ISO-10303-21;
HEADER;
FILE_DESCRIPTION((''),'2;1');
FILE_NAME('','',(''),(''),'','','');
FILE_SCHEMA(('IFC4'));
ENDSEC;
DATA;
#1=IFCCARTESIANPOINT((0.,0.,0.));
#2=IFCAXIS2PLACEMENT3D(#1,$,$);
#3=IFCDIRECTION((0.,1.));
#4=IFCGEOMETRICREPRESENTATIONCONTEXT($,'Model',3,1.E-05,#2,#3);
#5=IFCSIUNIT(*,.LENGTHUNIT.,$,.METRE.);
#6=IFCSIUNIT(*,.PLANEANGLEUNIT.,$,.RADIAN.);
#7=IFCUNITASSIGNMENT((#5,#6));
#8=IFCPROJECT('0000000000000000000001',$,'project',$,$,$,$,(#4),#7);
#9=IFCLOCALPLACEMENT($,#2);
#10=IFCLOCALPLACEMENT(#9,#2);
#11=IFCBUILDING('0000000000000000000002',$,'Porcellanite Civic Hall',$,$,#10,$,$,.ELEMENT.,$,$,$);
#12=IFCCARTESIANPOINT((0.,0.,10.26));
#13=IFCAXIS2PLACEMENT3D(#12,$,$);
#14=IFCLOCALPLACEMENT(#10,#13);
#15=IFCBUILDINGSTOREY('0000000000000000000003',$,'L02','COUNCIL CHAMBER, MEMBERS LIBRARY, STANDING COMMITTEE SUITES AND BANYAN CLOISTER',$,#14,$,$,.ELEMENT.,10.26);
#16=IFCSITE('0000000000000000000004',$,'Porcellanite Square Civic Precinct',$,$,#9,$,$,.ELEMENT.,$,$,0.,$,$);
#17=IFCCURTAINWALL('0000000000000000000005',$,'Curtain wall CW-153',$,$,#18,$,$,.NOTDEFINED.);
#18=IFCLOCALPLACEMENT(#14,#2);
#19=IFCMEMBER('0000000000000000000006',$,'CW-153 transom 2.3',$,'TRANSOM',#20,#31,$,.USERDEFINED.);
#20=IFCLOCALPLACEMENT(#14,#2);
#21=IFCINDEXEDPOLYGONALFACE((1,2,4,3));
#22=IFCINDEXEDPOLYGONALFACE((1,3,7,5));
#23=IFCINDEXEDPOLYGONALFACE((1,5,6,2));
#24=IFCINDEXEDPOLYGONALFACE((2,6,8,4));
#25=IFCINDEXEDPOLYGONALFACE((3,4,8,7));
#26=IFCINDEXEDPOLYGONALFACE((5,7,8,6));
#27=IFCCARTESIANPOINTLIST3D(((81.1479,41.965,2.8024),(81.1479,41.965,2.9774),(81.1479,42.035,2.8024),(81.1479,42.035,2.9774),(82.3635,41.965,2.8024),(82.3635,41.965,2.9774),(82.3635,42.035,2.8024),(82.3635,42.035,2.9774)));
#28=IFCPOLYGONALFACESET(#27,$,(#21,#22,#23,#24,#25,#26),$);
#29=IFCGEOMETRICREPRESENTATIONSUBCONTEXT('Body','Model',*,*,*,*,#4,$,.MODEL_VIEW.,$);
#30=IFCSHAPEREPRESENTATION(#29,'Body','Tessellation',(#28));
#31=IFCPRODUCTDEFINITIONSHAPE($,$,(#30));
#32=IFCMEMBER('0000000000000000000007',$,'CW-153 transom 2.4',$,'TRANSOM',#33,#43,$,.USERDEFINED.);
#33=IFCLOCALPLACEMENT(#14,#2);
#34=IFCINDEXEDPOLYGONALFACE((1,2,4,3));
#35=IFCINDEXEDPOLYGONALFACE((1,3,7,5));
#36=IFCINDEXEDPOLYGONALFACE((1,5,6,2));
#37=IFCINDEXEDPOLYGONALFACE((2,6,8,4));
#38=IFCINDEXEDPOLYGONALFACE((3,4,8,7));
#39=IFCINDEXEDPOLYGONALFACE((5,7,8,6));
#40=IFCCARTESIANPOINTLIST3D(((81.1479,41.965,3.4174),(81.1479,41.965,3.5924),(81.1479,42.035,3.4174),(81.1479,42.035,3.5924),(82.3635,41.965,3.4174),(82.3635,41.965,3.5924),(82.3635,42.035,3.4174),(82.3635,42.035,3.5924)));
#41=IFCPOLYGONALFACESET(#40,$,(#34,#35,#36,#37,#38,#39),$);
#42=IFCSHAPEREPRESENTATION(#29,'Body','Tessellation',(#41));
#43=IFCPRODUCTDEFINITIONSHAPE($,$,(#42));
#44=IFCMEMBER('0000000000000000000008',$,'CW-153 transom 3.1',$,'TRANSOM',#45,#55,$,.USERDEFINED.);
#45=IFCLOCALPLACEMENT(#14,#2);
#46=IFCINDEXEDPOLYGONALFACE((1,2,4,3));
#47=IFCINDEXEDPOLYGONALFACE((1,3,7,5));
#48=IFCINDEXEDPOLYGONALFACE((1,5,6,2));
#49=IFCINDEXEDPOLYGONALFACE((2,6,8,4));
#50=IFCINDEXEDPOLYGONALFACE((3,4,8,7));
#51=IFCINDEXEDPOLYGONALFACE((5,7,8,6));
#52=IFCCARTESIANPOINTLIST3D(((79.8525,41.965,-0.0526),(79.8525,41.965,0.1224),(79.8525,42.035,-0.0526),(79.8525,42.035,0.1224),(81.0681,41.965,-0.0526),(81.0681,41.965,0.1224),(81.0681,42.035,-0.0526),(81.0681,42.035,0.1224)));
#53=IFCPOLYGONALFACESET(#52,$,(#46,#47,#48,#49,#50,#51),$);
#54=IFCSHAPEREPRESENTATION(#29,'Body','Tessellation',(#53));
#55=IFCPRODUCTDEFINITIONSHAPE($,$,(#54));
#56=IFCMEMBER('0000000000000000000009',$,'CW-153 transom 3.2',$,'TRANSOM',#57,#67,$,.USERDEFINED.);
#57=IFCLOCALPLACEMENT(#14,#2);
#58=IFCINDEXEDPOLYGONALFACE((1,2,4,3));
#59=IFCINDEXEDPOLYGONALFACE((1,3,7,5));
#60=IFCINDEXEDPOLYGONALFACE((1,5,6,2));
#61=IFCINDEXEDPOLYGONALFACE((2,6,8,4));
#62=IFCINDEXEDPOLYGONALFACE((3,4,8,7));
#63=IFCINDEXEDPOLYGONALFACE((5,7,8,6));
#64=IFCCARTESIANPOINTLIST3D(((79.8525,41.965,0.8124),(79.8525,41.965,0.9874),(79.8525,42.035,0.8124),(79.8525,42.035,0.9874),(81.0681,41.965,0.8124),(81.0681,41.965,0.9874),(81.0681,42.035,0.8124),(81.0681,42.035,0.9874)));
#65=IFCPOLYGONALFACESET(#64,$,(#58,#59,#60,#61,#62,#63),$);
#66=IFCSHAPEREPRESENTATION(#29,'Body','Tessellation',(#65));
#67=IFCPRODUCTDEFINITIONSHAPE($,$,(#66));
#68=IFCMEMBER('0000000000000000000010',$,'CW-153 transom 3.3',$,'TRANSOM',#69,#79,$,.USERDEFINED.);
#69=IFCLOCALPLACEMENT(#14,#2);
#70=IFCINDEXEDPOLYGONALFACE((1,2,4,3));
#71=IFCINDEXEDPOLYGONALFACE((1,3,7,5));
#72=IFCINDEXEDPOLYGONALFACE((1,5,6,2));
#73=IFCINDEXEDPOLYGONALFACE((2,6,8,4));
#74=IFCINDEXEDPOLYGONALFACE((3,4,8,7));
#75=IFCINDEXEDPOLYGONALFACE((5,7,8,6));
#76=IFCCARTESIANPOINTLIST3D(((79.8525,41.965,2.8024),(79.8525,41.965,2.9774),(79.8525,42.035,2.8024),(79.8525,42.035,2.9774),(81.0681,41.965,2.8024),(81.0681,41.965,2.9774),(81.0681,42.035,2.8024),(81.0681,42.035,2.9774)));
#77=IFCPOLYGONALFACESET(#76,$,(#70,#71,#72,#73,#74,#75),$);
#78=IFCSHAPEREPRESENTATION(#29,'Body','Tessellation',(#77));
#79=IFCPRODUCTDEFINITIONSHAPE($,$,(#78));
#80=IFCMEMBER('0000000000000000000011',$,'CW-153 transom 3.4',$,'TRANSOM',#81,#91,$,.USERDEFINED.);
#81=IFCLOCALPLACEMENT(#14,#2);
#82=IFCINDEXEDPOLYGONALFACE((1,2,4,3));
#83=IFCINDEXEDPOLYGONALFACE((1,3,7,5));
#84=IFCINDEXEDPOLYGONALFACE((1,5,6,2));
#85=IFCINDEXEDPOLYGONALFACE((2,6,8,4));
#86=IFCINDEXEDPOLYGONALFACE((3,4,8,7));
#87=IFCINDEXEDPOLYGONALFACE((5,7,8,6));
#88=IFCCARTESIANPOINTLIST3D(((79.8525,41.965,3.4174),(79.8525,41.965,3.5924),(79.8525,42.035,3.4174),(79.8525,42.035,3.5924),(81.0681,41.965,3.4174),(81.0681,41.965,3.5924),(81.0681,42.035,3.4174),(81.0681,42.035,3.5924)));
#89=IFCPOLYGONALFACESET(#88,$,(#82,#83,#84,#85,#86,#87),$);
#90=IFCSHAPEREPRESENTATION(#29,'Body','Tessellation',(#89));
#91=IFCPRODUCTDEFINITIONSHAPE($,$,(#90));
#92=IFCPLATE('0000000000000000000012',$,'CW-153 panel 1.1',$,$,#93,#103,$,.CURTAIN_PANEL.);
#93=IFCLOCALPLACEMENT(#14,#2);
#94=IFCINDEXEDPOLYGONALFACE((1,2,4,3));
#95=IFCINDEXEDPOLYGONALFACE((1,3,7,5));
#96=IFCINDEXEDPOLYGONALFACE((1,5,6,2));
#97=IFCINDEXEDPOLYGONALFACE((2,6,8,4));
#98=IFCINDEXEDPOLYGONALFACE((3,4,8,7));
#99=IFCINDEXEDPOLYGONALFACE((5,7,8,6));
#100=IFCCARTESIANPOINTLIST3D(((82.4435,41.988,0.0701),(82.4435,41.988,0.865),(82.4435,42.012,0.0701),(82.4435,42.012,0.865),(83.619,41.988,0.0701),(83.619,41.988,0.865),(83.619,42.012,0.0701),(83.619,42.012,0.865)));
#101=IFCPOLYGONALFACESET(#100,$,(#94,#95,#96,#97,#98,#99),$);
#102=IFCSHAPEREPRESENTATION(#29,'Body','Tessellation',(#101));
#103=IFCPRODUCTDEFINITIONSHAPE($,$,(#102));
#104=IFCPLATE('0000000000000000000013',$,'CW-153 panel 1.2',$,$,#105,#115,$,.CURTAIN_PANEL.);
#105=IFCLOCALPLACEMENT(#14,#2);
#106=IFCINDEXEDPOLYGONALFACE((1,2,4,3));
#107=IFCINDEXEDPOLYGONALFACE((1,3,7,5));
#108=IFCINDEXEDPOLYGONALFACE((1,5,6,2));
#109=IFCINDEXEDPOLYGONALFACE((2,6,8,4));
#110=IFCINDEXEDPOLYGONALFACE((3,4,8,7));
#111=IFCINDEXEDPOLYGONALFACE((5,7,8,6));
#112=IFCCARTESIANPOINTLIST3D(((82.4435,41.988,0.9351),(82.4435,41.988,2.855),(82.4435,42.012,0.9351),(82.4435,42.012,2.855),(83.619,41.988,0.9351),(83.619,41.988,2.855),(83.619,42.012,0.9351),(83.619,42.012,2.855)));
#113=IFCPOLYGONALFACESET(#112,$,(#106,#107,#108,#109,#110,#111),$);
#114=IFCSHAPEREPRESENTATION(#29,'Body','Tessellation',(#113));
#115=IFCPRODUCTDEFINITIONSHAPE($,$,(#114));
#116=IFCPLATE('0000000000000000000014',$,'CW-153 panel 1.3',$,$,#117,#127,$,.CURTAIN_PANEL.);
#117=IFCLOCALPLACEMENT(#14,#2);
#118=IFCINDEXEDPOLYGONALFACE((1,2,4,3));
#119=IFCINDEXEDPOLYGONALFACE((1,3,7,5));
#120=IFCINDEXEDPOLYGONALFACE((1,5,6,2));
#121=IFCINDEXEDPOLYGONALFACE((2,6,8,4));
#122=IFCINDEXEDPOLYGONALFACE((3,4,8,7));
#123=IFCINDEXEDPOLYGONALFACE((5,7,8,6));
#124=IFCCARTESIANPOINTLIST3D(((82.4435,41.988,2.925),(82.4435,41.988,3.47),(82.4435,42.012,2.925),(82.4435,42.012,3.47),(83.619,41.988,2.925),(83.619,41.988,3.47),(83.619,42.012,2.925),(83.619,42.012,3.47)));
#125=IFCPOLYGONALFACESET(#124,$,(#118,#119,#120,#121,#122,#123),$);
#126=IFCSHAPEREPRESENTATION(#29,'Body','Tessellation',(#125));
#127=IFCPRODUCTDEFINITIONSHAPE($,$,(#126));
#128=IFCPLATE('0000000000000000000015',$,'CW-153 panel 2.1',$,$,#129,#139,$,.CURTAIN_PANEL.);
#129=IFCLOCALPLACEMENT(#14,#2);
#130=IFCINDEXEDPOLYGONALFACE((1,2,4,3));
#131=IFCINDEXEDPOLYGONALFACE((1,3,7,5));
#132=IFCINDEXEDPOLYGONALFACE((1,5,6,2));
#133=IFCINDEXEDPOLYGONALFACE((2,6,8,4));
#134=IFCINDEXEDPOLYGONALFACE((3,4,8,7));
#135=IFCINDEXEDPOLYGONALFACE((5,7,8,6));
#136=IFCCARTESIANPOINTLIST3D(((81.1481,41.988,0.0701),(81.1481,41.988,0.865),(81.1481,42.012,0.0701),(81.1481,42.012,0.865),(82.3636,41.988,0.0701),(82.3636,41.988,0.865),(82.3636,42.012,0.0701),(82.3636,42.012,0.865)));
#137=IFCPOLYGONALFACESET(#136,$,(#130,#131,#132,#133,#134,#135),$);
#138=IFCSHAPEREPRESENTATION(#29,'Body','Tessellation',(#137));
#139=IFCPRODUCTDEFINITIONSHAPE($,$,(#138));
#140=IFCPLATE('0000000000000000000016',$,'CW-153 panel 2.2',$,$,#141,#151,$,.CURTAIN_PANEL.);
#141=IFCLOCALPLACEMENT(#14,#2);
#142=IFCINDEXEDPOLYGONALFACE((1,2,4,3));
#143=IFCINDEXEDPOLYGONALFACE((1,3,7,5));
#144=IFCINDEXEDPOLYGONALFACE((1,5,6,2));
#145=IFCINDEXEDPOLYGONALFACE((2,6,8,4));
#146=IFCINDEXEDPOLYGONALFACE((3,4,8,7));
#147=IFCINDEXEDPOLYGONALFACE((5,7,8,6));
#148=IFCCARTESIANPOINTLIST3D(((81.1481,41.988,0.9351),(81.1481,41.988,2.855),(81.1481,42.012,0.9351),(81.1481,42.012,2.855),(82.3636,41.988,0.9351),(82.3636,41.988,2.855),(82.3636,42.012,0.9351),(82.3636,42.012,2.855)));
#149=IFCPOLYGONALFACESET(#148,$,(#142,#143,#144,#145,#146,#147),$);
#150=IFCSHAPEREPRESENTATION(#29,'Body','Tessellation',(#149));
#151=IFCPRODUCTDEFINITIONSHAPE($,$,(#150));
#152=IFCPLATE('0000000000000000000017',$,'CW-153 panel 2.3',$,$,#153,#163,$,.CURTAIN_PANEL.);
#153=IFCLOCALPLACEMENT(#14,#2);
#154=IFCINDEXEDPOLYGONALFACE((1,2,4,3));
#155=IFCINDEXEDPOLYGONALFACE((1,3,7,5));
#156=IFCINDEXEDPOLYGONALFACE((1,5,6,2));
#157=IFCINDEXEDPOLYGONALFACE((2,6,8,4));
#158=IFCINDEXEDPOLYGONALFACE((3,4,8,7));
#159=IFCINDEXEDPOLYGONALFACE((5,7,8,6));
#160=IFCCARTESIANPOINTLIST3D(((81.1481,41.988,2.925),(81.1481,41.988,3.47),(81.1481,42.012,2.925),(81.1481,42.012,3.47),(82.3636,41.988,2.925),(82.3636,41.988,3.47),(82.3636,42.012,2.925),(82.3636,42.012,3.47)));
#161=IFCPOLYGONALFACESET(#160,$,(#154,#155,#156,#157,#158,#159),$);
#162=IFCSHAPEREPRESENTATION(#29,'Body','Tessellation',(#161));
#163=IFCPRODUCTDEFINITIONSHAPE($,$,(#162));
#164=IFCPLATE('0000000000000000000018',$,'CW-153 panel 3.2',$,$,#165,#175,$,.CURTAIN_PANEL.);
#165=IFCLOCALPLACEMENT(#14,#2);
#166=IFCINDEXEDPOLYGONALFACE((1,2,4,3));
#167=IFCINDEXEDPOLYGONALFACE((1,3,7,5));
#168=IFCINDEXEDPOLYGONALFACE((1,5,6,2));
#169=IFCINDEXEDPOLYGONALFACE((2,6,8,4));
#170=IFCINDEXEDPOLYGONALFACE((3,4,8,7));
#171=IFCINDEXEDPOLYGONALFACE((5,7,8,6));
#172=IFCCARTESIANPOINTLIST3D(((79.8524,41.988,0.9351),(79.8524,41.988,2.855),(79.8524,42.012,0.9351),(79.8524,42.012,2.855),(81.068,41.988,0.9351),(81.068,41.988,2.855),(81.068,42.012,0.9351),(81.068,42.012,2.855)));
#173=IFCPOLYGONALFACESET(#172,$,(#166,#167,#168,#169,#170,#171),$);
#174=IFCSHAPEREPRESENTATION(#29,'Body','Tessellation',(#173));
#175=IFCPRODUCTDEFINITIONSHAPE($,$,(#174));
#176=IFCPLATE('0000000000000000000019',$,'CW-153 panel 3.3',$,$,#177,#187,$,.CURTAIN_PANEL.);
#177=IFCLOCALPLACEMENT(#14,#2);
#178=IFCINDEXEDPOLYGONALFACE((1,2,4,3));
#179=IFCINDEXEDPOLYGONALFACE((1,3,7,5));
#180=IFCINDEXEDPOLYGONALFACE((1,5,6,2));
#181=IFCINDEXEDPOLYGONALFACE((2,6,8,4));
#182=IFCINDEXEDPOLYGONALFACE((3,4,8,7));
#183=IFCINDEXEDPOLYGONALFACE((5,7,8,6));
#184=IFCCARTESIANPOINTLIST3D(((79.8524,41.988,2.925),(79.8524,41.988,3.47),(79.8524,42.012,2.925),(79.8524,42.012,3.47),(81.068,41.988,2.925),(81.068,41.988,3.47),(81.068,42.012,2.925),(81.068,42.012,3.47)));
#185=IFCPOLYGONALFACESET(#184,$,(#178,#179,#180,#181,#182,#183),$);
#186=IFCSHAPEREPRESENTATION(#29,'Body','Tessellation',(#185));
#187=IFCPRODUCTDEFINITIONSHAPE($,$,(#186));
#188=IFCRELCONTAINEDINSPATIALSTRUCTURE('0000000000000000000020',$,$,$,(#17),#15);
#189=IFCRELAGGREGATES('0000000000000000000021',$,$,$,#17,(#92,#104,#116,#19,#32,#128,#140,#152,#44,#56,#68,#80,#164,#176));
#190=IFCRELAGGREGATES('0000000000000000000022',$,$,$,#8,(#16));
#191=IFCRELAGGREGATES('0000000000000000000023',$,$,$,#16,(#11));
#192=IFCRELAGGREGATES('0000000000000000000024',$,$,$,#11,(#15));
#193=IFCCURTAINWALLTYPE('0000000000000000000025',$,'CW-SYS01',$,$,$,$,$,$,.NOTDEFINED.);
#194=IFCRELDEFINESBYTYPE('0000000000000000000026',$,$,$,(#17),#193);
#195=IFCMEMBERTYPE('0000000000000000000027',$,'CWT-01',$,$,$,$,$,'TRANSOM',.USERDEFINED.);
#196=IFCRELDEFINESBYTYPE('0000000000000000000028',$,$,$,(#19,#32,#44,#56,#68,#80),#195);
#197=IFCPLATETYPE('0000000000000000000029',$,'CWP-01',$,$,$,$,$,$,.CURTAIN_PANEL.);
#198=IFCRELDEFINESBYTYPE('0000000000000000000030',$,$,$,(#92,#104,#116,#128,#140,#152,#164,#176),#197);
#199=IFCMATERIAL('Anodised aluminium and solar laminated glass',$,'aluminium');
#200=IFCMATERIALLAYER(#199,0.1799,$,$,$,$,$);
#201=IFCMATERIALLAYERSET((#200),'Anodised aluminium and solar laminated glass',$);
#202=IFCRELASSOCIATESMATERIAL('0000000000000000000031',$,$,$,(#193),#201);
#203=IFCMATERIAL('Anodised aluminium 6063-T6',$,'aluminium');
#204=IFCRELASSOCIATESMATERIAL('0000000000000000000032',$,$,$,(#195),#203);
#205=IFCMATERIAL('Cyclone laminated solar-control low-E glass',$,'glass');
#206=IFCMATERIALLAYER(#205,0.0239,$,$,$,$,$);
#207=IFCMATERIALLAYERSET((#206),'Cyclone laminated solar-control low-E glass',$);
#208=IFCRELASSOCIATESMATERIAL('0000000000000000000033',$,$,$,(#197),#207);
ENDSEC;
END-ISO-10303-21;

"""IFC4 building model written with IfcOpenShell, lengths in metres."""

from ifc_helpers import new_model, si_unit, direction, frame, origin, origin_2d, place, context, subcontext, project, spatial, rectangle, extrude, material, layer, layer_set, material_profile, profile_set, type_object, element, aggregate, save


model = new_model("IFC4")

# Units and contexts
model_context = context("Model", 3, precision=1e-05, world=origin(), true_north=direction((0.0, 1.0)))
body_context = subcontext(model_context, "Body", "Model", "MODEL_VIEW")
ifc_project = project(units=[si_unit("LENGTHUNIT", "METRE"), si_unit("PLANEANGLEUNIT", "RADIAN")], contexts=[model_context])

# Site, building, storey
site_placement = place(None, origin())
site = spatial("IfcSite", under=ifc_project, at=site_placement, Name="Porcellanite Square Civic Precinct", CompositionType="ELEMENT", RefElevation=0.0)
building_placement = place(site_placement, origin())
building = spatial("IfcBuilding", under=site, at=building_placement, Name="Porcellanite Civic Hall", CompositionType="ELEMENT")
storey_placement = place(building_placement, frame((0.0, 0.0, 10.26)))
storey = spatial("IfcBuildingStorey", under=building, at=storey_placement, Name="L02", Description="COUNCIL CHAMBER, MEMBERS LIBRARY, STANDING COMMITTEE SUITES AND BANYAN CLOISTER", CompositionType="ELEMENT", Elevation=10.26)

# Curtain wall, members, plates
ifc_material_1 = material(Name="Anodised aluminium and solar laminated glass", Category="aluminium")
ifc_layer_1 = layer(ifc_material_1, 0.1799)
ifc_layer_set_1 = layer_set([ifc_layer_1], Name="Anodised aluminium and solar laminated glass")
curtain_wall_type = type_object("IfcCurtainWallType", Name="CW-SYS01", PredefinedType="NOTDEFINED", material=ifc_layer_set_1)
curtain_wall_placement = place(storey_placement, origin())
curtain_wall = element("IfcCurtainWall", 1, at=curtain_wall_placement, inside=storey, type_object=curtain_wall_type, Name="Curtain wall CW-153", PredefinedType="NOTDEFINED")
ifc_material_2 = material(Name="Anodised aluminium 6063-T6", Category="aluminium")
ifc_material_profile_1 = material_profile(ifc_material_2, rectangle(XDim=0.0701, YDim=0.175, at=origin_2d()), Name="AL-70x175")
ifc_profile_set_1 = profile_set([ifc_material_profile_1], Name="Anodised aluminium 6063-T6")
member_type_1 = type_object("IfcMemberType", Name="CWT-01", ElementType="TRANSOM", PredefinedType="USERDEFINED", material=ifc_profile_set_1)
member_1_placement = place(storey_placement, frame((82.3635, 42.0, 2.8899), z_axis=(-1.0, 0.0, 0.0), x_axis=(0.0, -1.0, 0.0)))
member_1 = element("IfcMember", 2, at=member_1_placement, type_object=member_type_1, Name="CW-153 transom 2.3", ObjectType="TRANSOM", PredefinedType="USERDEFINED", context=body_context, shape_type="SweptSolid", body=[
    extrude(rectangle(XDim=0.0701, YDim=0.175, at=origin_2d()), origin(), (0.0, 0.0, 1.0), 1.2156),
])
member_2_placement = place(storey_placement, frame((82.3635, 42.0, 3.5049), z_axis=(-1.0, 0.0, 0.0), x_axis=(0.0, -1.0, 0.0)))
member_2 = element("IfcMember", 3, at=member_2_placement, type_object=member_type_1, Name="CW-153 transom 2.4", ObjectType="TRANSOM", PredefinedType="USERDEFINED", context=body_context, shape_type="SweptSolid", body=[
    extrude(rectangle(XDim=0.0701, YDim=0.175, at=origin_2d()), origin(), (0.0, 0.0, 1.0), 1.2156),
])
member_3_placement = place(storey_placement, frame((81.0681, 42.0, 0.0349), z_axis=(-1.0, 0.0, 0.0), x_axis=(0.0, -1.0, 0.0)))
member_3 = element("IfcMember", 4, at=member_3_placement, type_object=member_type_1, Name="CW-153 transom 3.1", ObjectType="TRANSOM", PredefinedType="USERDEFINED", context=body_context, shape_type="SweptSolid", body=[
    extrude(rectangle(XDim=0.0701, YDim=0.175, at=origin_2d()), origin(), (0.0, 0.0, 1.0), 1.2156),
])
member_4_placement = place(storey_placement, frame((81.0681, 42.0, 0.8999), z_axis=(-1.0, 0.0, 0.0), x_axis=(0.0, -1.0, 0.0)))
member_4 = element("IfcMember", 5, at=member_4_placement, type_object=member_type_1, Name="CW-153 transom 3.2", ObjectType="TRANSOM", PredefinedType="USERDEFINED", context=body_context, shape_type="SweptSolid", body=[
    extrude(rectangle(XDim=0.0701, YDim=0.175, at=origin_2d()), origin(), (0.0, 0.0, 1.0), 1.2156),
])
member_5_placement = place(storey_placement, frame((81.0681, 42.0, 2.8899), z_axis=(-1.0, 0.0, 0.0), x_axis=(0.0, -1.0, 0.0)))
member_5 = element("IfcMember", 6, at=member_5_placement, type_object=member_type_1, Name="CW-153 transom 3.3", ObjectType="TRANSOM", PredefinedType="USERDEFINED", context=body_context, shape_type="SweptSolid", body=[
    extrude(rectangle(XDim=0.0701, YDim=0.175, at=origin_2d()), origin(), (0.0, 0.0, 1.0), 1.2156),
])
member_6_placement = place(storey_placement, frame((81.0681, 42.0, 3.5049), z_axis=(-1.0, 0.0, 0.0), x_axis=(0.0, -1.0, 0.0)))
member_6 = element("IfcMember", 7, at=member_6_placement, type_object=member_type_1, Name="CW-153 transom 3.4", ObjectType="TRANSOM", PredefinedType="USERDEFINED", context=body_context, shape_type="SweptSolid", body=[
    extrude(rectangle(XDim=0.0701, YDim=0.175, at=origin_2d()), origin(), (0.0, 0.0, 1.0), 1.2156),
])
ifc_material_3 = material(Name="Cyclone laminated solar-control low-E glass", Category="glass")
ifc_layer_2 = layer(ifc_material_3, 0.0239)
ifc_layer_set_2 = layer_set([ifc_layer_2], Name="Cyclone laminated solar-control low-E glass")
plate_type = type_object("IfcPlateType", Name="CWP-01", PredefinedType="CURTAIN_PANEL", material=ifc_layer_set_2)
plate_1_placement = place(storey_placement, frame((83.0312, 42.0, 0.0701), z_axis=(0.0, 0.0, 1.0), x_axis=(-1.0, 0.0, 0.0)))
plate_1 = element("IfcPlate", 8, at=plate_1_placement, type_object=plate_type, Name="CW-153 panel 1.1", PredefinedType="CURTAIN_PANEL", context=body_context, shape_type="SweptSolid", body=[
    extrude(rectangle(XDim=1.1755, YDim=0.0239, at=origin_2d()), origin(), (0.0, 0.0, 1.0), 0.7949),
])
plate_2_placement = place(storey_placement, frame((83.0312, 42.0, 0.9351), z_axis=(0.0, 0.0, 1.0), x_axis=(-1.0, 0.0, 0.0)))
plate_2 = element("IfcPlate", 9, at=plate_2_placement, type_object=plate_type, Name="CW-153 panel 1.2", PredefinedType="CURTAIN_PANEL", context=body_context, shape_type="SweptSolid", body=[
    extrude(rectangle(XDim=1.1755, YDim=0.0239, at=origin_2d()), origin(), (0.0, 0.0, 1.0), 1.9199),
])
plate_3_placement = place(storey_placement, frame((83.0312, 42.0, 2.925), z_axis=(0.0, 0.0, 1.0), x_axis=(-1.0, 0.0, 0.0)))
plate_3 = element("IfcPlate", 10, at=plate_3_placement, type_object=plate_type, Name="CW-153 panel 1.3", PredefinedType="CURTAIN_PANEL", context=body_context, shape_type="SweptSolid", body=[
    extrude(rectangle(XDim=1.1755, YDim=0.0239, at=origin_2d()), origin(), (0.0, 0.0, 1.0), 0.5449),
])
plate_4_placement = place(storey_placement, frame((81.7559, 42.0, 0.0701), z_axis=(0.0, 0.0, 1.0), x_axis=(-1.0, 0.0, 0.0)))
plate_4 = element("IfcPlate", 11, at=plate_4_placement, type_object=plate_type, Name="CW-153 panel 2.1", PredefinedType="CURTAIN_PANEL", context=body_context, shape_type="SweptSolid", body=[
    extrude(rectangle(XDim=1.2156, YDim=0.0239, at=origin_2d()), origin(), (0.0, 0.0, 1.0), 0.7949),
])
plate_5_placement = place(storey_placement, frame((81.7559, 42.0, 0.9351), z_axis=(0.0, 0.0, 1.0), x_axis=(-1.0, 0.0, 0.0)))
plate_5 = element("IfcPlate", 12, at=plate_5_placement, type_object=plate_type, Name="CW-153 panel 2.2", PredefinedType="CURTAIN_PANEL", context=body_context, shape_type="SweptSolid", body=[
    extrude(rectangle(XDim=1.2156, YDim=0.0239, at=origin_2d()), origin(), (0.0, 0.0, 1.0), 1.9199),
])
plate_6_placement = place(storey_placement, frame((81.7559, 42.0, 2.925), z_axis=(0.0, 0.0, 1.0), x_axis=(-1.0, 0.0, 0.0)))
plate_6 = element("IfcPlate", 13, at=plate_6_placement, type_object=plate_type, Name="CW-153 panel 2.3", PredefinedType="CURTAIN_PANEL", context=body_context, shape_type="SweptSolid", body=[
    extrude(rectangle(XDim=1.2156, YDim=0.0239, at=origin_2d()), origin(), (0.0, 0.0, 1.0), 0.5449),
])
plate_7_placement = place(storey_placement, frame((80.4602, 42.0, 0.9351), z_axis=(0.0, 0.0, 1.0), x_axis=(-1.0, 0.0, 0.0)))
plate_7 = element("IfcPlate", 14, at=plate_7_placement, type_object=plate_type, Name="CW-153 panel 3.2", PredefinedType="CURTAIN_PANEL", context=body_context, shape_type="SweptSolid", body=[
    extrude(rectangle(XDim=1.2156, YDim=0.0239, at=origin_2d()), origin(), (0.0, 0.0, 1.0), 1.9199),
])
plate_8_placement = place(storey_placement, frame((80.4602, 42.0, 2.925), z_axis=(0.0, 0.0, 1.0), x_axis=(-1.0, 0.0, 0.0)))
plate_8 = element("IfcPlate", 15, at=plate_8_placement, type_object=plate_type, Name="CW-153 panel 3.3", PredefinedType="CURTAIN_PANEL", context=body_context, shape_type="SweptSolid", body=[
    extrude(rectangle(XDim=1.2156, YDim=0.0239, at=origin_2d()), origin(), (0.0, 0.0, 1.0), 0.5449),
])
aggregate(curtain_wall, [plate_1, plate_2, plate_3, member_1, member_2, plate_4, plate_5, plate_6, member_3, member_4, member_5, member_6, plate_7, plate_8])

save(model, "model.ifc")
